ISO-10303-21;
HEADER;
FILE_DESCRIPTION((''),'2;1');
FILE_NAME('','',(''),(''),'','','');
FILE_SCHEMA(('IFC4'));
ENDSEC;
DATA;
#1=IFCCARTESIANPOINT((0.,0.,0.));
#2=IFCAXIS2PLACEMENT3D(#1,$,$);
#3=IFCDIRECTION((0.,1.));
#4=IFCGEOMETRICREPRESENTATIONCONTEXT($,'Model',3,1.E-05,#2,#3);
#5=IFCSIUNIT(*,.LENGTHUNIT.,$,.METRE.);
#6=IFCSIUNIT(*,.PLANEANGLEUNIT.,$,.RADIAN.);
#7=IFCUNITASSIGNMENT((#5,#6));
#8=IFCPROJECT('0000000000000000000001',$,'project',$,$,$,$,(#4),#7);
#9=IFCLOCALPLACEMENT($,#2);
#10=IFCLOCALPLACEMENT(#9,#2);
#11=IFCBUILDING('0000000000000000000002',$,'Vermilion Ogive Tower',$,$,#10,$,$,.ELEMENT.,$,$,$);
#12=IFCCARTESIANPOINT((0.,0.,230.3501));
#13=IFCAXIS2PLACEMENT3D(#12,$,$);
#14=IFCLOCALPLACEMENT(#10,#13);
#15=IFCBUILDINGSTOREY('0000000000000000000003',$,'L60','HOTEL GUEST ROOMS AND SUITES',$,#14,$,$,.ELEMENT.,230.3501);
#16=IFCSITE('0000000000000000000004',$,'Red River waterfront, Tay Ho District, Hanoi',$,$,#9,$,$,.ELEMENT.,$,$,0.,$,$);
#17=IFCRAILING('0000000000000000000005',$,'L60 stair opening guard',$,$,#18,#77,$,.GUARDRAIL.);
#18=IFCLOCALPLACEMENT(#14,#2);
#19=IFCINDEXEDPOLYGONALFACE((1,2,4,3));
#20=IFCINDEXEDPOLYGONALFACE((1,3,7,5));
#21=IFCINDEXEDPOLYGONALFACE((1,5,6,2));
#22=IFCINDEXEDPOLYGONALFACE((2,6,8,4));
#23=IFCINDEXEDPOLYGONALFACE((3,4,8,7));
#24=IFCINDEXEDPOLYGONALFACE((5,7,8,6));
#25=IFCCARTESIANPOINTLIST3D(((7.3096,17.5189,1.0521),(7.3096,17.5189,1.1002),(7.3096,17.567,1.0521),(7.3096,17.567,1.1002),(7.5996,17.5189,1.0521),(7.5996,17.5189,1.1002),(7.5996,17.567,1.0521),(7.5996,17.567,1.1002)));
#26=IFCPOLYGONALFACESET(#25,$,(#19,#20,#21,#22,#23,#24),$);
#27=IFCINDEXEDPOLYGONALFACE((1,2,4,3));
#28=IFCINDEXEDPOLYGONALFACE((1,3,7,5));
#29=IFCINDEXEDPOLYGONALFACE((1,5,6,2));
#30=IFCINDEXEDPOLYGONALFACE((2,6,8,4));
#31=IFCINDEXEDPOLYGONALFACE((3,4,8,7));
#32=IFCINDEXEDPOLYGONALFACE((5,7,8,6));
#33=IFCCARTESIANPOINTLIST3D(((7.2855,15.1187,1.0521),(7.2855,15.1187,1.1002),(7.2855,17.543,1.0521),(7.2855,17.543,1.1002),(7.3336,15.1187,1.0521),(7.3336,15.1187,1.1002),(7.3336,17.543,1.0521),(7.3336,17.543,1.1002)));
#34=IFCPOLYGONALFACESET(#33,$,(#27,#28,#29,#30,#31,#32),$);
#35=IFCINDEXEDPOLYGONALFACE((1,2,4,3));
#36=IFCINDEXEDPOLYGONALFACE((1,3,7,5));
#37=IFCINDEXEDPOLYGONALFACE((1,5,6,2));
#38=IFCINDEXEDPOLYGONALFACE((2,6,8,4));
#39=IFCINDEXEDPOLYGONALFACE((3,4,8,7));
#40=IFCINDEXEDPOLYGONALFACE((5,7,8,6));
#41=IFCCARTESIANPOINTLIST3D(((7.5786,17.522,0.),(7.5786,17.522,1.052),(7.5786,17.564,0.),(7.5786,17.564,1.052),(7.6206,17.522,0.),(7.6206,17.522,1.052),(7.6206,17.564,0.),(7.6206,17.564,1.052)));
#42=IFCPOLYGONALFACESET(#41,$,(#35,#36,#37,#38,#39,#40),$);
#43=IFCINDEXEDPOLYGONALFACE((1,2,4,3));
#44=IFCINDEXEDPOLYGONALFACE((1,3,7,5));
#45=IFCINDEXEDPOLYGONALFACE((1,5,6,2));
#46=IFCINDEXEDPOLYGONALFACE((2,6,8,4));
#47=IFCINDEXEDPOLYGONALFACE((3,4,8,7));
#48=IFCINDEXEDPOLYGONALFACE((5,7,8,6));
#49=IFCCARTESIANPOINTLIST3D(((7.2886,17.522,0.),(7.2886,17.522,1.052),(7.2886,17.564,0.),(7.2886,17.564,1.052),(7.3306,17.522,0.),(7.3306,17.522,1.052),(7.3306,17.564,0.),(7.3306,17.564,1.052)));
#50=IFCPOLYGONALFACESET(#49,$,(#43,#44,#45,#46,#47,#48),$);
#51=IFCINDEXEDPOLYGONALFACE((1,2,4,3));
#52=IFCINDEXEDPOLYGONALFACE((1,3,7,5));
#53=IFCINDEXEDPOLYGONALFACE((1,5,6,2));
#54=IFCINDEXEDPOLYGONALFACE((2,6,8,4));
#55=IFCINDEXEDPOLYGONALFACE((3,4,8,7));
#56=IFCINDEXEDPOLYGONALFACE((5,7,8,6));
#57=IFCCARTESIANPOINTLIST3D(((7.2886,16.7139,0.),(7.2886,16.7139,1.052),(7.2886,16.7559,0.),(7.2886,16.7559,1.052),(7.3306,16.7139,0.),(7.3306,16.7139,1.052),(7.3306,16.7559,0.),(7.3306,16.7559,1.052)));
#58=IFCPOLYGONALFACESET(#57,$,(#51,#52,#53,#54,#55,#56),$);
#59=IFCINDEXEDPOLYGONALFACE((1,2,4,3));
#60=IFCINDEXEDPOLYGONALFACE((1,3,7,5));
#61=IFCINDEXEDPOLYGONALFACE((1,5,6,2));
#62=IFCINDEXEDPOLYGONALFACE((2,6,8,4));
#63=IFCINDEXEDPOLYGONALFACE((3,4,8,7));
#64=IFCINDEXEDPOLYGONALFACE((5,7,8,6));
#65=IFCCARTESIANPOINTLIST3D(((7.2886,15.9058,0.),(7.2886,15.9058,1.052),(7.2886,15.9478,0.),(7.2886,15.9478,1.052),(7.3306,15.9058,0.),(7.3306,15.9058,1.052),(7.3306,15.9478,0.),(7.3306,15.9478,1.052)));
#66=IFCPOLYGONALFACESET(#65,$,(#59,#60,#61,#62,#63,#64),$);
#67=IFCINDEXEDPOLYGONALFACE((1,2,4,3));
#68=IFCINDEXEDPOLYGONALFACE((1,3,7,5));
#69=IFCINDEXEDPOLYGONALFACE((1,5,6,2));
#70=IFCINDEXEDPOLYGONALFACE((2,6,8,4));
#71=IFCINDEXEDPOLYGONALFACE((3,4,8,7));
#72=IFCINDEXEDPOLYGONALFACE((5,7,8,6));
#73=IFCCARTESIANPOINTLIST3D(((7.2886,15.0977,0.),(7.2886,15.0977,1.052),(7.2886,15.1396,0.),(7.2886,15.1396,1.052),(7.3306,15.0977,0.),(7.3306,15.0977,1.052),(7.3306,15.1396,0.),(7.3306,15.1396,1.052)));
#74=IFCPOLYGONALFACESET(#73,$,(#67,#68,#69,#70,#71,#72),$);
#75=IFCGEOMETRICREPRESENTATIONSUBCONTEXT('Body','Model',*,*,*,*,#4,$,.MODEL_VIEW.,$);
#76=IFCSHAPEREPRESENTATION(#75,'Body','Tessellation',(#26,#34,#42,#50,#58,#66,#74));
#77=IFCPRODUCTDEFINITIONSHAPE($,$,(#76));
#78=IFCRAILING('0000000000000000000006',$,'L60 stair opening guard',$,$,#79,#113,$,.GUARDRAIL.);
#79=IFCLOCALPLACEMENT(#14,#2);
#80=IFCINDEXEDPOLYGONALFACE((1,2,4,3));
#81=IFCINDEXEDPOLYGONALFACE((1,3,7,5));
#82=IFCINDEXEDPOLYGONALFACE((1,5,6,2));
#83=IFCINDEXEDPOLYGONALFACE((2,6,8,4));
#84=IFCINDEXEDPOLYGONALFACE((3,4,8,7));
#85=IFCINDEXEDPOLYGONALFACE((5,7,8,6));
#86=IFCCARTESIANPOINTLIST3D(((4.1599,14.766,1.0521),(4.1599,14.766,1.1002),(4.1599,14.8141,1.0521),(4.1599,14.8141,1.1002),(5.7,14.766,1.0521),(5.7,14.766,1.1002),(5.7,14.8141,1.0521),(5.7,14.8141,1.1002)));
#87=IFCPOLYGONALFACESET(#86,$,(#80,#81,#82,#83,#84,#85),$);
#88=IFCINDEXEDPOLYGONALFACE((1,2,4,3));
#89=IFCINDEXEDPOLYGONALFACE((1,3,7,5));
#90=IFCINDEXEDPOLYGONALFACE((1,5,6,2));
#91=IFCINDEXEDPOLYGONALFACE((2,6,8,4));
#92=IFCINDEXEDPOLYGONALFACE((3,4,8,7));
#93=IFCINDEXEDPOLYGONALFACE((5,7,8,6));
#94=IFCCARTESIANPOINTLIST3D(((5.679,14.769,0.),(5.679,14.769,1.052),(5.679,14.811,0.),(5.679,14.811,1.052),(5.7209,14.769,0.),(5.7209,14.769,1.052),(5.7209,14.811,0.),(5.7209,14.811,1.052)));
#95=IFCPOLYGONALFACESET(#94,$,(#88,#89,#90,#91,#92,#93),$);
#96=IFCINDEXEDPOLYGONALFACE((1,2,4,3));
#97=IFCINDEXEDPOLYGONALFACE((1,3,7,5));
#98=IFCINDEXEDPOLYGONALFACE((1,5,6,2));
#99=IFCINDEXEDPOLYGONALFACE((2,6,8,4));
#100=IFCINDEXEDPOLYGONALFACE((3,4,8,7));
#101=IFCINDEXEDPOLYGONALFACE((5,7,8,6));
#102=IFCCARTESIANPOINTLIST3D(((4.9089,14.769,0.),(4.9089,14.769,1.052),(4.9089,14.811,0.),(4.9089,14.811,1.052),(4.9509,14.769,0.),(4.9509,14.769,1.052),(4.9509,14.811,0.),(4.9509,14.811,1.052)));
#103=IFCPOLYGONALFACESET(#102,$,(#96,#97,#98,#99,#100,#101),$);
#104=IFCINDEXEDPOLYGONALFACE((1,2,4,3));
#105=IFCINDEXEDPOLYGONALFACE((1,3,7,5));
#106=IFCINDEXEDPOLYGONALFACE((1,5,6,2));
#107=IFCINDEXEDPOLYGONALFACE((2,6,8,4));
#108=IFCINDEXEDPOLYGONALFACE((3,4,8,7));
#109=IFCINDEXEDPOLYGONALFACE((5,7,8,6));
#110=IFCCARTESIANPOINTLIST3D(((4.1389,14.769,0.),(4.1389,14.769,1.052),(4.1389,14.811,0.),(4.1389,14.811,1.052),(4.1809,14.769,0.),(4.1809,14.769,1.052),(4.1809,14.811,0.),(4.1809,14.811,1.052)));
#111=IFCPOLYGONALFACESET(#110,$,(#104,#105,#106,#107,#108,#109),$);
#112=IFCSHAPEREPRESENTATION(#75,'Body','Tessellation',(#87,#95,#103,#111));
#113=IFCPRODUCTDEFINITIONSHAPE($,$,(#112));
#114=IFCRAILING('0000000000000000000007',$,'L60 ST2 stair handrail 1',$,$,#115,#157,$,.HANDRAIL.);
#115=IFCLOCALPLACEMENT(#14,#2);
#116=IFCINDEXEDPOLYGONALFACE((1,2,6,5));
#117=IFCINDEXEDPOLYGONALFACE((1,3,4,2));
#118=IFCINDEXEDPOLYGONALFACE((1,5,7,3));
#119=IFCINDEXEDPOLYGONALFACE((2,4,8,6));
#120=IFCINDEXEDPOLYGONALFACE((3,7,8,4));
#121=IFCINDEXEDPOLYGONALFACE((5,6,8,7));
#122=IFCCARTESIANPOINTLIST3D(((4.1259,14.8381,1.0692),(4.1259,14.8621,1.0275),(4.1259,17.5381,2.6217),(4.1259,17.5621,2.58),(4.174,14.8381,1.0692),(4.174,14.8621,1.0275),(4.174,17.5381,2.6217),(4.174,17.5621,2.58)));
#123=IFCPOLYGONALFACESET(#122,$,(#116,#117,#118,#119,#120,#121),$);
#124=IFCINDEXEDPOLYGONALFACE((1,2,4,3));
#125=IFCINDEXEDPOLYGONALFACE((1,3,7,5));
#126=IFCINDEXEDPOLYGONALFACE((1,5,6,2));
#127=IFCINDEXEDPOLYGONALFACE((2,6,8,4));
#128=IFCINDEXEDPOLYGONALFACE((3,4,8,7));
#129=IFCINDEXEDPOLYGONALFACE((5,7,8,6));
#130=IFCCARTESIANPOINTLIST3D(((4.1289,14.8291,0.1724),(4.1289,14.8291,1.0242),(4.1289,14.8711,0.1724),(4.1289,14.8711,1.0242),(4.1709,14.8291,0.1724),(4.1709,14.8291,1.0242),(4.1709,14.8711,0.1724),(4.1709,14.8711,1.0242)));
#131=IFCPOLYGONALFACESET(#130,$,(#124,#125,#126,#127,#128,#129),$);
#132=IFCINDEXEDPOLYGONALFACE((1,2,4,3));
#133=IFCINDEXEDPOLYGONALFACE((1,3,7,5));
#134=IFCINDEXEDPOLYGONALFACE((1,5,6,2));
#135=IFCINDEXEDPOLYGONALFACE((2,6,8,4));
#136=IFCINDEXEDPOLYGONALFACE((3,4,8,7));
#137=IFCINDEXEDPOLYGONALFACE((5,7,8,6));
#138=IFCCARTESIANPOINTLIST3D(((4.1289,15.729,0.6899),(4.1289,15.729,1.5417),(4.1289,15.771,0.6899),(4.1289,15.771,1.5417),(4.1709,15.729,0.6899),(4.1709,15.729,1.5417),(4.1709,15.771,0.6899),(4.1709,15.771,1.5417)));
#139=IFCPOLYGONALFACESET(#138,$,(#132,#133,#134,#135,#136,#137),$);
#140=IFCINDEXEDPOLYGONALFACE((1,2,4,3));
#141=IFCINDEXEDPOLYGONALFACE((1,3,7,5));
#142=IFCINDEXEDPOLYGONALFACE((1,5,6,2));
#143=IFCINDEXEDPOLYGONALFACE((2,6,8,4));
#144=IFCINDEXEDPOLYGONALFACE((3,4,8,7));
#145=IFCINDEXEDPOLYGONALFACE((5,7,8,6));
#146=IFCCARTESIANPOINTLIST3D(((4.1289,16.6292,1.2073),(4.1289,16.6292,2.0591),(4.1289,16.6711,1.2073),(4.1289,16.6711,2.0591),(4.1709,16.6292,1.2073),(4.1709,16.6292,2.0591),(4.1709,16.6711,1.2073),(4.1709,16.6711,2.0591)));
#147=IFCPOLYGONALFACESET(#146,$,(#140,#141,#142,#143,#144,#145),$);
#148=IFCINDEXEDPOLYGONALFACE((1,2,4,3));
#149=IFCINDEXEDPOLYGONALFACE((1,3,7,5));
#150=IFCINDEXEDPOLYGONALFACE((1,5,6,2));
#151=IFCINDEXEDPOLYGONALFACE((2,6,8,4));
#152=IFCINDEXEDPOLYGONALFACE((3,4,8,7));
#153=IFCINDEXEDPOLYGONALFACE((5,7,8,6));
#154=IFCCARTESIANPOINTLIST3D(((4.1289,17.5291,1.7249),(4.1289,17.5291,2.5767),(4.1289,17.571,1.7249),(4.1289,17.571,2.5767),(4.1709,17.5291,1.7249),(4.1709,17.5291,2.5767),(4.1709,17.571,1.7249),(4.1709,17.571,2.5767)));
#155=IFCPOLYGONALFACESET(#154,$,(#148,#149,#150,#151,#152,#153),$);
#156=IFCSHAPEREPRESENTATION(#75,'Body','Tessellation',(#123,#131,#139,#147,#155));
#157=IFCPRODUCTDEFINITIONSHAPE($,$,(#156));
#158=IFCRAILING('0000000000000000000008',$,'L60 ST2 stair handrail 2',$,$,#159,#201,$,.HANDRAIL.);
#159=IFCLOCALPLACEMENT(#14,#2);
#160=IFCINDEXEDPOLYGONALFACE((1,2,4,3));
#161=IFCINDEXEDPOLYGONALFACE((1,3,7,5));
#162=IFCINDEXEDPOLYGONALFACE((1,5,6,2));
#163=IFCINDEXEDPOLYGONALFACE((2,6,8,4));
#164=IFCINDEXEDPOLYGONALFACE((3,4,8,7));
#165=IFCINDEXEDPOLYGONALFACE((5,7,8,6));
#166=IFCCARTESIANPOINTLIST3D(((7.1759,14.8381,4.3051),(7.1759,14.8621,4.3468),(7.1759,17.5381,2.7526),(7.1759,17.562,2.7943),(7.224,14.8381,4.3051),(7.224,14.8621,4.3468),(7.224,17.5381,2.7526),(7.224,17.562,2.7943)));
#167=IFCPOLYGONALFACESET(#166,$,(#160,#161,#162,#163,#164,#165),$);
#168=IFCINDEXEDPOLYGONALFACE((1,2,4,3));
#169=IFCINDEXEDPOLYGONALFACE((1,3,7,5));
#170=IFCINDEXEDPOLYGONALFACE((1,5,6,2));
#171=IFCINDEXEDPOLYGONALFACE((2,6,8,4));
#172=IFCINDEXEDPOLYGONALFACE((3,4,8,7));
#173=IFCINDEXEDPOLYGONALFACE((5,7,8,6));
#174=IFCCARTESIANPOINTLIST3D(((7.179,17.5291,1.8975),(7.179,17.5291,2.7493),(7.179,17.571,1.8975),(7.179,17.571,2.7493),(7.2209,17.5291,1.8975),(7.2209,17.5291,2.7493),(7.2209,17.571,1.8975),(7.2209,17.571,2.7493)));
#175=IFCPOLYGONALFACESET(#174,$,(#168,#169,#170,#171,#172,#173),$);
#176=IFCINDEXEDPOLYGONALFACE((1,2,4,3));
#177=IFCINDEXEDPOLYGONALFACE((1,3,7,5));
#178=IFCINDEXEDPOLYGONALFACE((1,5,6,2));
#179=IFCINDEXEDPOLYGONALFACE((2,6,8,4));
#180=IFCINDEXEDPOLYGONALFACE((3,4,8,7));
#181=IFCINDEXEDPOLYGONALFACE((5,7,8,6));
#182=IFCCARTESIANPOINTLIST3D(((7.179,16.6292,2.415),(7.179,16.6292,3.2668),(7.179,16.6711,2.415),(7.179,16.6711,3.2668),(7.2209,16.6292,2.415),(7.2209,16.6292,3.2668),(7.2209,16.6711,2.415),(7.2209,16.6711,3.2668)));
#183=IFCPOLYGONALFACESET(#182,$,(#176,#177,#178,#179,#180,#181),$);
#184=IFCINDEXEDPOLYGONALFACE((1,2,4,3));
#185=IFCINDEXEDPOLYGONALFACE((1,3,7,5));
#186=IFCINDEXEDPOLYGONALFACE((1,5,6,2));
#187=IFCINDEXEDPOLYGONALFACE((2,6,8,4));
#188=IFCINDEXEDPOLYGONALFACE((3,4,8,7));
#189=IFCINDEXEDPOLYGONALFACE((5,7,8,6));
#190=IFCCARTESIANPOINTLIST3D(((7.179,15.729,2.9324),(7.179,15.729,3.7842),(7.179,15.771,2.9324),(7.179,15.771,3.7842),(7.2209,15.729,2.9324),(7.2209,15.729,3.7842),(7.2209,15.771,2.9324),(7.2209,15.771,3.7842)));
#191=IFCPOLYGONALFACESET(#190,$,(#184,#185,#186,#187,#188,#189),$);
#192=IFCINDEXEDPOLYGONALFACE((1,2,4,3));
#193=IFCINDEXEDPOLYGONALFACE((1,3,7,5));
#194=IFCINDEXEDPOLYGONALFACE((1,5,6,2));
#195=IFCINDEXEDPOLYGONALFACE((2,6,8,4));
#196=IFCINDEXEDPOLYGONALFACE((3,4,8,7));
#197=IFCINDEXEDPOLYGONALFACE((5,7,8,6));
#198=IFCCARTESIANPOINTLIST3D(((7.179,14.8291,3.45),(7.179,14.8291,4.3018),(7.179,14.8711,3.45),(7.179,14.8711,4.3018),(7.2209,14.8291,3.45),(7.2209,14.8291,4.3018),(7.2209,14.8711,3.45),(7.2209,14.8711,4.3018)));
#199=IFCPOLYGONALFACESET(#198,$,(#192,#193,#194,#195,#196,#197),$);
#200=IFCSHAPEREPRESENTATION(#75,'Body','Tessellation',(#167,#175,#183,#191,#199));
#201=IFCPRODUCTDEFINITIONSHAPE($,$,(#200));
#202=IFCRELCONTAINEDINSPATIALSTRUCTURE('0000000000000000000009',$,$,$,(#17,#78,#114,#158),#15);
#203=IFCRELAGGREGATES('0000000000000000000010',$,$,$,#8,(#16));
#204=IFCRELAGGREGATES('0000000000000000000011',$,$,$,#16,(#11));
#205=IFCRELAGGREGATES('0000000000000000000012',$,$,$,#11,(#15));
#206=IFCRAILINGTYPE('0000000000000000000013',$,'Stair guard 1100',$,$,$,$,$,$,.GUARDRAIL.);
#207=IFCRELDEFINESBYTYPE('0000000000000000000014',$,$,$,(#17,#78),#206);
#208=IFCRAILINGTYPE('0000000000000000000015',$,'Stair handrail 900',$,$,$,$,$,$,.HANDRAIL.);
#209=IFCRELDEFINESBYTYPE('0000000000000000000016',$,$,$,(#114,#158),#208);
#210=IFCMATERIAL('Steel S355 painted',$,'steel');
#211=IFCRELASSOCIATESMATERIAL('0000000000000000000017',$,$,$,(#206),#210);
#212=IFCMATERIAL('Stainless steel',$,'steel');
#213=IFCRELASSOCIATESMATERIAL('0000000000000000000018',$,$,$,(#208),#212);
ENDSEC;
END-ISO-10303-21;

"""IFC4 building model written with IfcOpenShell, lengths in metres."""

from ifc_helpers import new_model, si_unit, direction, frame, origin, origin_2d, place, context, subcontext, project, spatial, rectangle, extrude, material, type_object, element, save


model = new_model("IFC4")

# Units and contexts
model_context = context("Model", 3, precision=1e-05, world=origin(), true_north=direction((0.0, 1.0)))
body_context = subcontext(model_context, "Body", "Model", "MODEL_VIEW")
ifc_project = project(units=[si_unit("LENGTHUNIT", "METRE"), si_unit("PLANEANGLEUNIT", "RADIAN")], contexts=[model_context])

# Site, building, storey
site_placement = place(None, origin())
site = spatial("IfcSite", under=ifc_project, at=site_placement, Name="Red River waterfront, Tay Ho District, Hanoi", CompositionType="ELEMENT", RefElevation=0.0)
building_placement = place(site_placement, origin())
building = spatial("IfcBuilding", under=site, at=building_placement, Name="Vermilion Ogive Tower", CompositionType="ELEMENT")
storey_placement = place(building_placement, frame((0.0, 0.0, 230.3501)))
storey = spatial("IfcBuildingStorey", under=building, at=storey_placement, Name="L60", Description="HOTEL GUEST ROOMS AND SUITES", CompositionType="ELEMENT", Elevation=230.3501)

# Railings
ifc_material_1 = material(Name="Steel S355 painted", Category="steel")
railing_type_1 = type_object("IfcRailingType", Name="Stair guard 1100", PredefinedType="GUARDRAIL", material=ifc_material_1)
railing_1_placement = place(storey_placement, frame((7.5996, 17.543, 0.0)))
element("IfcRailing", 1, at=railing_1_placement, inside=storey, type_object=railing_type_1, Name="L60 stair opening guard", PredefinedType="GUARDRAIL", context=body_context, shape_type="SweptSolid", body=[
    extrude(rectangle(XDim=0.0481, YDim=0.0481, at=origin_2d()), frame((0.0, 0.0, 1.0762), z_axis=(-1.0, 0.0, 0.0), x_axis=(0.0, -1.0, 0.0)), (0.0, 0.0, 1.0), 0.29),
    extrude(rectangle(XDim=0.0481, YDim=0.0481, at=origin_2d()), frame((-0.29, 0.0, 1.0762), z_axis=(0.0, -1.0, 0.0), x_axis=(1.0, 0.0, 0.0)), (0.0, 0.0, 1.0), 2.4243),
    extrude(rectangle(XDim=0.042, YDim=0.042, at=origin_2d()), origin(), (0.0, 0.0, 1.0), 1.052),
    extrude(rectangle(XDim=0.042, YDim=0.042, at=origin_2d()), frame((-0.29, 0.0, 0.0)), (0.0, 0.0, 1.0), 1.052),
    extrude(rectangle(XDim=0.042, YDim=0.042, at=origin_2d()), frame((-0.29, -0.8081, 0.0)), (0.0, 0.0, 1.0), 1.052),
    extrude(rectangle(XDim=0.042, YDim=0.042, at=origin_2d()), frame((-0.29, -1.6162, 0.0)), (0.0, 0.0, 1.0), 1.052),
    extrude(rectangle(XDim=0.042, YDim=0.042, at=origin_2d()), frame((-0.29, -2.4243, 0.0)), (0.0, 0.0, 1.0), 1.052),
])
railing_2_placement = place(storey_placement, frame((5.7, 14.79, 0.0)))
element("IfcRailing", 2, at=railing_2_placement, inside=storey, type_object=railing_type_1, Name="L60 stair opening guard", PredefinedType="GUARDRAIL", context=body_context, shape_type="SweptSolid", body=[
    extrude(rectangle(XDim=0.0481, YDim=0.0481, at=origin_2d()), frame((0.0, 0.0, 1.0762), z_axis=(-1.0, 0.0, 0.0), x_axis=(0.0, -1.0, 0.0)), (0.0, 0.0, 1.0), 1.54),
    extrude(rectangle(XDim=0.042, YDim=0.042, at=origin_2d()), origin(), (0.0, 0.0, 1.0), 1.052),
    extrude(rectangle(XDim=0.042, YDim=0.042, at=origin_2d()), frame((-0.77, 0.0, 0.0)), (0.0, 0.0, 1.0), 1.052),
    extrude(rectangle(XDim=0.042, YDim=0.042, at=origin_2d()), frame((-1.54, 0.0, 0.0)), (0.0, 0.0, 1.0), 1.052),
])
ifc_material_2 = material(Name="Stainless steel", Category="steel")
railing_type_2 = type_object("IfcRailingType", Name="Stair handrail 900", PredefinedType="HANDRAIL", material=ifc_material_2)
railing_3_placement = place(storey_placement, frame((4.1499, 14.8501, 0.1724)))
element("IfcRailing", 3, at=railing_3_placement, inside=storey, type_object=railing_type_2, Name="L60 ST2 stair handrail 1", PredefinedType="HANDRAIL", context=body_context, shape_type="SweptSolid", body=[
    extrude(rectangle(XDim=0.0481, YDim=0.0481, at=origin_2d()), frame((0.0, 0.0, 0.876), z_axis=(0.0, 0.866904, 0.498476), x_axis=(-1.0, 0.0, 0.0)), (0.0, 0.0, 1.0), 3.1145),
    extrude(rectangle(XDim=0.042, YDim=0.042, at=origin_2d()), origin(), (0.0, 0.0, 1.0), 0.8518),
    extrude(rectangle(XDim=0.042, YDim=0.042, at=origin_2d()), frame((0.0, 0.8999, 0.5176)), (0.0, 0.0, 1.0), 0.8518),
    extrude(rectangle(XDim=0.042, YDim=0.042, at=origin_2d()), frame((0.0, 1.8, 1.0349)), (0.0, 0.0, 1.0), 0.8518),
    extrude(rectangle(XDim=0.042, YDim=0.042, at=origin_2d()), frame((0.0, 2.7, 1.5525)), (0.0, 0.0, 1.0), 0.8518),
])
railing_4_placement = place(storey_placement, frame((7.2, 17.55, 1.8975)))
element("IfcRailing", 4, at=railing_4_placement, inside=storey, type_object=railing_type_2, Name="L60 ST2 stair handrail 2", PredefinedType="HANDRAIL", context=body_context, shape_type="SweptSolid", body=[
    extrude(rectangle(XDim=0.0481, YDim=0.0481, at=origin_2d()), frame((0.0, 0.0, 0.876), z_axis=(0.0, -0.866904, 0.498476), x_axis=(1.0, 0.0, 0.0)), (0.0, 0.0, 1.0), 3.1145),
    extrude(rectangle(XDim=0.042, YDim=0.042, at=origin_2d()), origin(), (0.0, 0.0, 1.0), 0.8518),
    extrude(rectangle(XDim=0.042, YDim=0.042, at=origin_2d()), frame((0.0, -0.8999, 0.5176)), (0.0, 0.0, 1.0), 0.8518),
    extrude(rectangle(XDim=0.042, YDim=0.042, at=origin_2d()), frame((0.0, -1.8, 1.0349)), (0.0, 0.0, 1.0), 0.8518),
    extrude(rectangle(XDim=0.042, YDim=0.042, at=origin_2d()), frame((0.0, -2.7, 1.5525)), (0.0, 0.0, 1.0), 0.8518),
])

save(model, "model.ifc")
